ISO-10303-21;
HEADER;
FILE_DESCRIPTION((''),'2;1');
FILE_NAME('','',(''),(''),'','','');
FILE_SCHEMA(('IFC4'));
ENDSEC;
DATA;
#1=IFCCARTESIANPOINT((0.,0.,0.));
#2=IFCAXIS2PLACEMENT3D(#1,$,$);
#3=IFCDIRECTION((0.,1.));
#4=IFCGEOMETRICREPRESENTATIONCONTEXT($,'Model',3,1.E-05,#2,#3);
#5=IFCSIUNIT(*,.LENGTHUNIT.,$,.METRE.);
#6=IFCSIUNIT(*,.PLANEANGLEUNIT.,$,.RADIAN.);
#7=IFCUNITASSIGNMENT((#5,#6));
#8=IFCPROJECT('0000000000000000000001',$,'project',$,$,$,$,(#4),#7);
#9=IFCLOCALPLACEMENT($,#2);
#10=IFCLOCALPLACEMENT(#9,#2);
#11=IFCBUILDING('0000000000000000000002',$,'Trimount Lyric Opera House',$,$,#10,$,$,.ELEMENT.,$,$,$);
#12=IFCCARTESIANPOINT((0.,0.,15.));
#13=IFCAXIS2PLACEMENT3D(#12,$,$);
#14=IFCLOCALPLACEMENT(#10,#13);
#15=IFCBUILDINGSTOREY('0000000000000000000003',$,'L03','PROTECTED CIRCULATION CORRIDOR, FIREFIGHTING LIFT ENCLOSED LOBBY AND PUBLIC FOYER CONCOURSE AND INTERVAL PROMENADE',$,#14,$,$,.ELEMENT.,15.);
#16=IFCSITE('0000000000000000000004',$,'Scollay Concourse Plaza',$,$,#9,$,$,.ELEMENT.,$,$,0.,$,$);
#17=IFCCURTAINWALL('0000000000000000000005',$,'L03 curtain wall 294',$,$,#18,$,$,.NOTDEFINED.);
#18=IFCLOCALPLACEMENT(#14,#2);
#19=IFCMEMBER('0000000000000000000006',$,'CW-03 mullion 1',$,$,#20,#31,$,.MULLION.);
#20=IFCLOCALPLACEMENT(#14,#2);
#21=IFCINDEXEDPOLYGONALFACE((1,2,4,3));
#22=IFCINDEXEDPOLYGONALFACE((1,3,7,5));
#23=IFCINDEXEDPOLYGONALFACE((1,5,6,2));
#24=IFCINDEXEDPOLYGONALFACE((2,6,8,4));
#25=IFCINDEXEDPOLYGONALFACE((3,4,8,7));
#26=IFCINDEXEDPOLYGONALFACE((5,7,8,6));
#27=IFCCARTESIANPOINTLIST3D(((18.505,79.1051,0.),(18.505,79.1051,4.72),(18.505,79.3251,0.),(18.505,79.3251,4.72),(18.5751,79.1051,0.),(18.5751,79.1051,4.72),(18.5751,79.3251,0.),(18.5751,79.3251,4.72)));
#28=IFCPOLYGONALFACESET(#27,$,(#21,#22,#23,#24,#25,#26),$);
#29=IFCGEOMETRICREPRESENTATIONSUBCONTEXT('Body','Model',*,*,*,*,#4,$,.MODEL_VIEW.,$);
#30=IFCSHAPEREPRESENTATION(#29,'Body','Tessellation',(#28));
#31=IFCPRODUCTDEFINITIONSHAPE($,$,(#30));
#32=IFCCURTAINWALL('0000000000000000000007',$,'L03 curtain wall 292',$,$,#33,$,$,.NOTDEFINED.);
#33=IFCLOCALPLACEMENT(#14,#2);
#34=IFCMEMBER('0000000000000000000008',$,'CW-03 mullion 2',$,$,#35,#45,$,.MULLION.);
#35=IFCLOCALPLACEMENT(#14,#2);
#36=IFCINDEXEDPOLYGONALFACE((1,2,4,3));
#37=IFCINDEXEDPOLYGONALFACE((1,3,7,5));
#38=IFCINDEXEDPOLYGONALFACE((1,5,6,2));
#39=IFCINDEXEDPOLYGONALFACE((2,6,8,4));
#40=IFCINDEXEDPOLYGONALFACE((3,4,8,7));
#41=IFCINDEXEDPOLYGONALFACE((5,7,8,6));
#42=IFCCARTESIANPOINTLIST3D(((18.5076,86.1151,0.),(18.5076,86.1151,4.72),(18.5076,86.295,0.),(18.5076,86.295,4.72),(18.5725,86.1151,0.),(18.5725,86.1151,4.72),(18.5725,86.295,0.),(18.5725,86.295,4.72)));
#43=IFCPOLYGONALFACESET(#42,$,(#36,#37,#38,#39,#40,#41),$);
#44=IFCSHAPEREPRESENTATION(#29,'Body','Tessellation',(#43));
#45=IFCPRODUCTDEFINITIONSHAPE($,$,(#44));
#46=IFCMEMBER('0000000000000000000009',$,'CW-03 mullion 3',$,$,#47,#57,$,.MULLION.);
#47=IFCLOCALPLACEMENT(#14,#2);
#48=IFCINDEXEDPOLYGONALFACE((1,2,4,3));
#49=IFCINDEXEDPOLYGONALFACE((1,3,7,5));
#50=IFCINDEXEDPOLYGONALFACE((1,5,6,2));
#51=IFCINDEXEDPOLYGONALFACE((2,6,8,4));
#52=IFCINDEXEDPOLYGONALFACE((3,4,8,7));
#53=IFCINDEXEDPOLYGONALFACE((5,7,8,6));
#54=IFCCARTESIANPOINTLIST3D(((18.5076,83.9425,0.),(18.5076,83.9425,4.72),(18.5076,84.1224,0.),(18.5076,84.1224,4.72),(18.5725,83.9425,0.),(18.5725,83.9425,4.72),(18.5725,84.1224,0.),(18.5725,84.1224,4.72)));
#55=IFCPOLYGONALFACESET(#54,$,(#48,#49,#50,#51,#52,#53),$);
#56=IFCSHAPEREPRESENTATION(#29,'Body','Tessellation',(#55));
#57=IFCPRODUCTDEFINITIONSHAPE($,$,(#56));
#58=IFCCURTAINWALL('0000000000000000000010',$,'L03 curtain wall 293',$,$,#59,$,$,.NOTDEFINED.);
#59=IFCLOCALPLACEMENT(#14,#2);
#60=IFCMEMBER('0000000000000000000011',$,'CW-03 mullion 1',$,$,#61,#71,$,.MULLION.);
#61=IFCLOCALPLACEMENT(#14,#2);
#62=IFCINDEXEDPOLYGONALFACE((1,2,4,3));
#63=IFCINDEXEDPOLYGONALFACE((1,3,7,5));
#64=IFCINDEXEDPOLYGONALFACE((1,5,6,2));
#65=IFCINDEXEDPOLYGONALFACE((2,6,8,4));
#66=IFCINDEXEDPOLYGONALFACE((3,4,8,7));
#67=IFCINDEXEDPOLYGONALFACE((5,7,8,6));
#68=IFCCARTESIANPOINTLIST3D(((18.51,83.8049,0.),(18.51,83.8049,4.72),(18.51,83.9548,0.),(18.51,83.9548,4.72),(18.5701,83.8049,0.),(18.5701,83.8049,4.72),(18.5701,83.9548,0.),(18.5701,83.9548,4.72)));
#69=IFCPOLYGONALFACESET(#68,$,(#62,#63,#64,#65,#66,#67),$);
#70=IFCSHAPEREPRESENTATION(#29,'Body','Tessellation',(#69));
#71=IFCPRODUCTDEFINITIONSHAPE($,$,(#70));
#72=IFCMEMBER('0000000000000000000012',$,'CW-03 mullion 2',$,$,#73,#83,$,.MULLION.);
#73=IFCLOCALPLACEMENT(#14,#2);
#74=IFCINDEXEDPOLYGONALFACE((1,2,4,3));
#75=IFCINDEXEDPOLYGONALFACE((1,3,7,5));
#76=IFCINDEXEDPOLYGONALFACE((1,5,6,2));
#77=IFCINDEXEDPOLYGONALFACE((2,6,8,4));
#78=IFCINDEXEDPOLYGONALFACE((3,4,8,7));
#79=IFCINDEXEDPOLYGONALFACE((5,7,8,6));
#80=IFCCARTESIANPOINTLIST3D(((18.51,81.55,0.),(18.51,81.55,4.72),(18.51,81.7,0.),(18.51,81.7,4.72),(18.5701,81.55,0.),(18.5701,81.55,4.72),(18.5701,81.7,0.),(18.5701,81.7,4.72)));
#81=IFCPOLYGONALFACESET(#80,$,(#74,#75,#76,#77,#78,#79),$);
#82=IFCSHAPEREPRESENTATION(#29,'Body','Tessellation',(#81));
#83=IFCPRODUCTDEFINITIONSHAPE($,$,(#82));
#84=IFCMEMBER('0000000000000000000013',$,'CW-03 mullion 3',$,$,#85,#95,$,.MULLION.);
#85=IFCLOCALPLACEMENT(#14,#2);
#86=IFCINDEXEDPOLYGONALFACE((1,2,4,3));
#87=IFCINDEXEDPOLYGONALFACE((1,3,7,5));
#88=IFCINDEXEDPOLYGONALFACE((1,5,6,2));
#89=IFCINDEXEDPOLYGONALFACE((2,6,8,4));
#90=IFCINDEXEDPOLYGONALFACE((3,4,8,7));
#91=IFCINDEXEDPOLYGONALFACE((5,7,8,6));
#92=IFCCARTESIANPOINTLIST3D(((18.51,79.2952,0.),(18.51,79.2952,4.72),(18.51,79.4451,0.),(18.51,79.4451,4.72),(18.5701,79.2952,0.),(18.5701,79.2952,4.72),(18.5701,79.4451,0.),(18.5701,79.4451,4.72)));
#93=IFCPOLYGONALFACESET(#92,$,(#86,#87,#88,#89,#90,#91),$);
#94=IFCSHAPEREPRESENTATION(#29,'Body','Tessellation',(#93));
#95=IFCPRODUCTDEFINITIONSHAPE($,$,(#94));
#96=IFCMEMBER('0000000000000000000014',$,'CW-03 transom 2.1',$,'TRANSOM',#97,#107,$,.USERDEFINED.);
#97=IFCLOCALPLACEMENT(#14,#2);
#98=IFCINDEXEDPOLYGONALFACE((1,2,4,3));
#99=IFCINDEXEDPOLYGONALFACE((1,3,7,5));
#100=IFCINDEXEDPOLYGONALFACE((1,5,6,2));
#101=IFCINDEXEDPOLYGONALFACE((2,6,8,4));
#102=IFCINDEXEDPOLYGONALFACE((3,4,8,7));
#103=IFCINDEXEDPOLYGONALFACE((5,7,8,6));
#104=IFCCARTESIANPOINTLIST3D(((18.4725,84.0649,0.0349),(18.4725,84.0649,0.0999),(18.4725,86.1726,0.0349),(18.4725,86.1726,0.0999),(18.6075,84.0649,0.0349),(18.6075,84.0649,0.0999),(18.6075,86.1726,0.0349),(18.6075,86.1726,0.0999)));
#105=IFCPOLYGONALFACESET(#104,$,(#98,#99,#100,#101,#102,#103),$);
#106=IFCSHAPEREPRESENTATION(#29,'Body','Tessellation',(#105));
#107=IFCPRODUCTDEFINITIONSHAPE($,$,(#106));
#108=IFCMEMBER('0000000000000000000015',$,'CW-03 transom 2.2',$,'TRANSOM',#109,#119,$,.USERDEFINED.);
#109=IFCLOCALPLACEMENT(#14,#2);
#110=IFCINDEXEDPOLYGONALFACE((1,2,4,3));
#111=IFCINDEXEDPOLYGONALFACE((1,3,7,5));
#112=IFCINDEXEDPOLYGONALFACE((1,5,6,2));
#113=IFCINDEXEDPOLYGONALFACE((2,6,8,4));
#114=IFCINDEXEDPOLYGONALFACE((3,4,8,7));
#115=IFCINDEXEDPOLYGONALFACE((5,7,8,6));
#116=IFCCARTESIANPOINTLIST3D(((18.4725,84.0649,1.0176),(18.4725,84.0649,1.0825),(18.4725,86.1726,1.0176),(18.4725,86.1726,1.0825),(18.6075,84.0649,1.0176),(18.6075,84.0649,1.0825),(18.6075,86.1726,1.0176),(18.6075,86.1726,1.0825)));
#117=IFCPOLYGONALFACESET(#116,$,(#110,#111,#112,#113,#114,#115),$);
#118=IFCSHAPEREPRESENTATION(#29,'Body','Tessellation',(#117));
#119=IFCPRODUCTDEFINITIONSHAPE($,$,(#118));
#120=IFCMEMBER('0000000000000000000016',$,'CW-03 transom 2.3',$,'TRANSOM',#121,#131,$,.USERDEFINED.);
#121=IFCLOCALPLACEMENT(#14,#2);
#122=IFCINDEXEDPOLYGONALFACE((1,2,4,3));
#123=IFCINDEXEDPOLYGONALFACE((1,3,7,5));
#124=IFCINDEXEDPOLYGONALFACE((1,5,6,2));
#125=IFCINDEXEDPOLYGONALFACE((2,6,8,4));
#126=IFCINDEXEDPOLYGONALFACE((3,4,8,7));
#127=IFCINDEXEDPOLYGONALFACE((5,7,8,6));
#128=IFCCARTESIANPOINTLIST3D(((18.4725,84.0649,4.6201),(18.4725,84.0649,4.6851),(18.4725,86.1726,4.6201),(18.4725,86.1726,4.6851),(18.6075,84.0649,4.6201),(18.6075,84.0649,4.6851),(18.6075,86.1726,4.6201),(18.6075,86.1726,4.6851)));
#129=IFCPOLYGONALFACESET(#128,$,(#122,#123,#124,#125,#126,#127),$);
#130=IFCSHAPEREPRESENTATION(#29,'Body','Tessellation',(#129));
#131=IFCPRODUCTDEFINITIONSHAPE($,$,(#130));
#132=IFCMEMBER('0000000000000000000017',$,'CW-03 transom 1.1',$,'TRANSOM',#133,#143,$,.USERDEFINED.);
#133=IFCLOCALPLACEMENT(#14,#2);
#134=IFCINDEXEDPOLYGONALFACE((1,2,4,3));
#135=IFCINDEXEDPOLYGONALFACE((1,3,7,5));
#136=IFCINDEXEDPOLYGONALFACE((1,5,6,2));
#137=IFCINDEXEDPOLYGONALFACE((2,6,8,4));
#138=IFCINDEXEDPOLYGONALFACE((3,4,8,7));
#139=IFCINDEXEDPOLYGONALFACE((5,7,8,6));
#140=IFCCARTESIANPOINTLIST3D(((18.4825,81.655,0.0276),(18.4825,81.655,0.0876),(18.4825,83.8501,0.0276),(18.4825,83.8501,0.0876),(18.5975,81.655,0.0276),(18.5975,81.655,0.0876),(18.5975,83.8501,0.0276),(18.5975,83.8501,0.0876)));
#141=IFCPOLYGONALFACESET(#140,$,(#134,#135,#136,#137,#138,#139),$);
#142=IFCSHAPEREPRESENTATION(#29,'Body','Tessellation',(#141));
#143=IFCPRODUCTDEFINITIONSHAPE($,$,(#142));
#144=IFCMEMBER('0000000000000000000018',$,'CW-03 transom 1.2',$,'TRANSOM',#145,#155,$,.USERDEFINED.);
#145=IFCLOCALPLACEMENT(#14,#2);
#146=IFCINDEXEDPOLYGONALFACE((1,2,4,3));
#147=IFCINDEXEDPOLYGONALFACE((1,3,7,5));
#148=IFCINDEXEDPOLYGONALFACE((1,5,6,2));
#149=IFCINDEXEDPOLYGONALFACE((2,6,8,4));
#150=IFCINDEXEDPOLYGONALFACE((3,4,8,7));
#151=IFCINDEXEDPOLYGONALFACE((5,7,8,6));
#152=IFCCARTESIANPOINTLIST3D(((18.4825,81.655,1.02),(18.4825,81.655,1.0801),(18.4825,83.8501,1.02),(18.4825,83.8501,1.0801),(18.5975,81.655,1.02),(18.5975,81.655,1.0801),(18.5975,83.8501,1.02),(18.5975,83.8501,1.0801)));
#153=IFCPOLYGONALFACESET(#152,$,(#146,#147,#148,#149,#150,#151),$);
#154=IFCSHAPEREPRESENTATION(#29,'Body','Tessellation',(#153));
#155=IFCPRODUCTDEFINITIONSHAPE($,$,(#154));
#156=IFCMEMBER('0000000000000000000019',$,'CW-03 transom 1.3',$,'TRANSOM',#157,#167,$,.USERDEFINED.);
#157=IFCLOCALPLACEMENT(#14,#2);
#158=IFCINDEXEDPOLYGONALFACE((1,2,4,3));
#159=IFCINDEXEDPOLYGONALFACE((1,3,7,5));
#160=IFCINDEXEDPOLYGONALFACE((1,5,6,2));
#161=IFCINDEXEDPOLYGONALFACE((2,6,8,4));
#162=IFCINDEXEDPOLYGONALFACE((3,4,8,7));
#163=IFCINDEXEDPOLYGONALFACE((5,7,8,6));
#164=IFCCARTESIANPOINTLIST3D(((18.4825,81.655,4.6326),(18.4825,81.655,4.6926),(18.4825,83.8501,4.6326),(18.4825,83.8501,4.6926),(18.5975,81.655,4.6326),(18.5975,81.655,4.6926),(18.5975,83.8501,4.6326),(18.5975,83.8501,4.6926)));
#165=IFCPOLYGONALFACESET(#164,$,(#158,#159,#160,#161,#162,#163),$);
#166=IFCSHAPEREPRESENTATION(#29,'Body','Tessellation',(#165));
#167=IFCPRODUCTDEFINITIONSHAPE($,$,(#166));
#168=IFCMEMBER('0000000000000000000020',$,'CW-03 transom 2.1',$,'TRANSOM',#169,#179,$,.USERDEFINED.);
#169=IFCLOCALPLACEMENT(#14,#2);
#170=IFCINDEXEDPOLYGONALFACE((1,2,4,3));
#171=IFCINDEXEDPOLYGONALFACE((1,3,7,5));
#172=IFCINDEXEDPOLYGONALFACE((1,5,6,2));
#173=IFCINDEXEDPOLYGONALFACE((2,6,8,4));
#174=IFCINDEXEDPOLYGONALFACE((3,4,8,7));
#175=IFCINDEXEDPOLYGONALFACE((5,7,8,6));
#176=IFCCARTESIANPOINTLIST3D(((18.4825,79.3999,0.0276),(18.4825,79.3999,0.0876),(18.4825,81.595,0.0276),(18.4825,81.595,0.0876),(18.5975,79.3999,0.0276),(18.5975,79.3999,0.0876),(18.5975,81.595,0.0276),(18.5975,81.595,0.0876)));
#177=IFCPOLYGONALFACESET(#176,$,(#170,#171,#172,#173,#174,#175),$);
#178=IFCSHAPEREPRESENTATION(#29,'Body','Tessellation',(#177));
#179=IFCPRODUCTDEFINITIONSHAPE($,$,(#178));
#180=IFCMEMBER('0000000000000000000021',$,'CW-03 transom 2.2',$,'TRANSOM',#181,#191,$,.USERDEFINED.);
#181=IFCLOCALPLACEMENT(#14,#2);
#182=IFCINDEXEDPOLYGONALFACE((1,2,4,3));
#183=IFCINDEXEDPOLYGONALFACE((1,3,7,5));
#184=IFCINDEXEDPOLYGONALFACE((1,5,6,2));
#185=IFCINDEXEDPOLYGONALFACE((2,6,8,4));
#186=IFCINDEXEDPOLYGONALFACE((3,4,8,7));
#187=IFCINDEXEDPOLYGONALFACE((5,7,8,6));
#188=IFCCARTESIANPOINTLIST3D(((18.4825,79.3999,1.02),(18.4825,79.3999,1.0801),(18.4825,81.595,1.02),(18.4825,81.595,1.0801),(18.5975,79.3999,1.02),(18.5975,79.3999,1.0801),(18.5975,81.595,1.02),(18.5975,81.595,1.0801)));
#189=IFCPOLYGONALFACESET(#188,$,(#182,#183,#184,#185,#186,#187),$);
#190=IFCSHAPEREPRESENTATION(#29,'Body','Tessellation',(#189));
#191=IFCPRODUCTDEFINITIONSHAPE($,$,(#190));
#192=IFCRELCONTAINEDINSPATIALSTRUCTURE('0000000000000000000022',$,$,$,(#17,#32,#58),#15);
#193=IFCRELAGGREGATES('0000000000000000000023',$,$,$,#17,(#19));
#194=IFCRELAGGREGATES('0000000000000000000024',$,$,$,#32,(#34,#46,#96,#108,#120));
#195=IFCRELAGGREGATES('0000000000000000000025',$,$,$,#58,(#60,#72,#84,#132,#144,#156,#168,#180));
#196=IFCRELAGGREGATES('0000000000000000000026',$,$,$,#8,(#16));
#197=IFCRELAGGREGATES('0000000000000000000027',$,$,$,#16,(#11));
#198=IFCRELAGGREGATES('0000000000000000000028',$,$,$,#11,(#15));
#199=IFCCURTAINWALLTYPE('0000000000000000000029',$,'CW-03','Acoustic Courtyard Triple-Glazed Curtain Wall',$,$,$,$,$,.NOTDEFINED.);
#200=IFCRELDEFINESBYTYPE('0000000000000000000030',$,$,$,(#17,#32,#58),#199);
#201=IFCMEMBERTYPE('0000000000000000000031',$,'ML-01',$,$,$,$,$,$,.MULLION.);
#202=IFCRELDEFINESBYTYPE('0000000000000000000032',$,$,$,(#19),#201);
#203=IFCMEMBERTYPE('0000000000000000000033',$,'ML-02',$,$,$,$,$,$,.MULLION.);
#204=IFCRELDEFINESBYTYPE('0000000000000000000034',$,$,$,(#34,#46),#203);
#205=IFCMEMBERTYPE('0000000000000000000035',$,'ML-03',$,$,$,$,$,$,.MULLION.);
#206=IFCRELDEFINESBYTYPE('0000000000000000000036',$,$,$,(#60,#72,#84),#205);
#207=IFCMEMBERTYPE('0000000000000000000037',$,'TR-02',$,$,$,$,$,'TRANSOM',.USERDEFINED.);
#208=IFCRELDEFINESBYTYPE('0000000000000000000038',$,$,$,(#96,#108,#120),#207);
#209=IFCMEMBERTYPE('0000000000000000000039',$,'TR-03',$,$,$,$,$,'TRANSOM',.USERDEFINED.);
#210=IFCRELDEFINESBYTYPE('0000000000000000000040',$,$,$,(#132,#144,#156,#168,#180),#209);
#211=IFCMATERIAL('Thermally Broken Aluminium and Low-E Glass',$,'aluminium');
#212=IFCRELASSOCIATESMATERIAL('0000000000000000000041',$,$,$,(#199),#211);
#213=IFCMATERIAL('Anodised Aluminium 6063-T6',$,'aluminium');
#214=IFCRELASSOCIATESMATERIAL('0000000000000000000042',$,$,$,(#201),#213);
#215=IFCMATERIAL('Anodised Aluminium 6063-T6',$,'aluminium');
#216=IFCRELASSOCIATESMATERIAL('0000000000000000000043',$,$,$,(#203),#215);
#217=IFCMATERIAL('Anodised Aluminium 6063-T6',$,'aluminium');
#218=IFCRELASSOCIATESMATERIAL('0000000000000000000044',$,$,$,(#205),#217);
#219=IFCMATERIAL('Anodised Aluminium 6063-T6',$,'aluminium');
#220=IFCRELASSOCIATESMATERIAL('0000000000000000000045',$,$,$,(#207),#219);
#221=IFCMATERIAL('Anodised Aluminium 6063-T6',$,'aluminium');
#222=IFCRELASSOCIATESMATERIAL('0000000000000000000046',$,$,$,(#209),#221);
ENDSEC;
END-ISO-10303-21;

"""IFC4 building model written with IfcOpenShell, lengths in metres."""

from ifc_helpers import new_model, si_unit, direction, frame, origin, origin_2d, place, context, subcontext, project, spatial, rectangle, extrude, material, material_profile, profile_set, type_object, element, aggregate, save


model = new_model("IFC4")

# Units and contexts
model_context = context("Model", 3, precision=1e-05, world=origin(), true_north=direction((0.0, 1.0)))
body_context = subcontext(model_context, "Body", "Model", "MODEL_VIEW")
ifc_project = project(units=[si_unit("LENGTHUNIT", "METRE"), si_unit("PLANEANGLEUNIT", "RADIAN")], contexts=[model_context])

# Site, building, storey
site_placement = place(None, origin())
site = spatial("IfcSite", under=ifc_project, at=site_placement, Name="Scollay Concourse Plaza", CompositionType="ELEMENT", RefElevation=0.0)
building_placement = place(site_placement, origin())
building = spatial("IfcBuilding", under=site, at=building_placement, Name="Trimount Lyric Opera House", CompositionType="ELEMENT")
storey_placement = place(building_placement, frame((0.0, 0.0, 15.0)))
storey = spatial("IfcBuildingStorey", under=building, at=storey_placement, Name="L03", Description="PROTECTED CIRCULATION CORRIDOR, FIREFIGHTING LIFT ENCLOSED LOBBY AND PUBLIC FOYER CONCOURSE AND INTERVAL PROMENADE", CompositionType="ELEMENT", Elevation=15.0)

# Curtain wall, member
ifc_material_1 = material(Name="Thermally Broken Aluminium and Low-E Glass", Category="aluminium")
curtain_wall_type = type_object("IfcCurtainWallType", Name="CW-03", Description="Acoustic Courtyard Triple-Glazed Curtain Wall", PredefinedType="NOTDEFINED", material=ifc_material_1)
curtain_wall_1_placement = place(storey_placement, origin())
curtain_wall_1 = element("IfcCurtainWall", 1, at=curtain_wall_1_placement, inside=storey, type_object=curtain_wall_type, Name="L03 curtain wall 294", PredefinedType="NOTDEFINED")
ifc_material_2 = material(Name="Anodised Aluminium 6063-T6", Category="aluminium")
ifc_material_profile_1 = material_profile(ifc_material_2, rectangle(XDim=0.0701, YDim=0.22, at=origin_2d()), Name="ALU-MULL-70X220")
ifc_profile_set_1 = profile_set([ifc_material_profile_1], Name="Anodised Aluminium 6063-T6")
member_type_1 = type_object("IfcMemberType", Name="ML-01", PredefinedType="MULLION", material=ifc_profile_set_1)
member_1_placement = place(storey_placement, frame((18.54, 79.2151, 0.0), z_axis=(0.0, 0.0, 1.0), x_axis=(1.0, 0.0, 0.0)))
member_1 = element("IfcMember", 2, at=member_1_placement, type_object=member_type_1, Name="CW-03 mullion 1", PredefinedType="MULLION", context=body_context, shape_type="SweptSolid", body=[
    extrude(rectangle(XDim=0.0701, YDim=0.22, at=origin_2d()), origin(), (0.0, 0.0, 1.0), 4.72),
])
aggregate(curtain_wall_1, [member_1])

# Curtain walls, members
curtain_wall_2_placement = place(storey_placement, origin())
curtain_wall_2 = element("IfcCurtainWall", 3, at=curtain_wall_2_placement, inside=storey, type_object=curtain_wall_type, Name="L03 curtain wall 292", PredefinedType="NOTDEFINED")
ifc_material_3 = material(Name="Anodised Aluminium 6063-T6", Category="aluminium")
ifc_material_profile_2 = material_profile(ifc_material_3, rectangle(XDim=0.0649, YDim=0.1799, at=origin_2d()), Name="ALU-MULL-65X180")
ifc_profile_set_2 = profile_set([ifc_material_profile_2], Name="Anodised Aluminium 6063-T6")
member_type_2 = type_object("IfcMemberType", Name="ML-02", PredefinedType="MULLION", material=ifc_profile_set_2)
member_2_placement = place(storey_placement, frame((18.54, 86.2051, 0.0), z_axis=(0.0, 0.0, 1.0), x_axis=(1.0, 0.0, 0.0)))
member_2 = element("IfcMember", 4, at=member_2_placement, type_object=member_type_2, Name="CW-03 mullion 2", PredefinedType="MULLION", context=body_context, shape_type="SweptSolid", body=[
    extrude(rectangle(XDim=0.0649, YDim=0.1799, at=origin_2d()), origin(), (0.0, 0.0, 1.0), 4.72),
])
member_3_placement = place(storey_placement, frame((18.54, 84.0325, 0.0), z_axis=(0.0, 0.0, 1.0), x_axis=(1.0, 0.0, 0.0)))
member_3 = element("IfcMember", 5, at=member_3_placement, type_object=member_type_2, Name="CW-03 mullion 3", PredefinedType="MULLION", context=body_context, shape_type="SweptSolid", body=[
    extrude(rectangle(XDim=0.0649, YDim=0.1799, at=origin_2d()), origin(), (0.0, 0.0, 1.0), 4.72),
])
curtain_wall_3_placement = place(storey_placement, origin())
curtain_wall_3 = element("IfcCurtainWall", 6, at=curtain_wall_3_placement, inside=storey, type_object=curtain_wall_type, Name="L03 curtain wall 293", PredefinedType="NOTDEFINED")
ifc_material_4 = material(Name="Anodised Aluminium 6063-T6", Category="aluminium")
ifc_material_profile_3 = material_profile(ifc_material_4, rectangle(XDim=0.0601, YDim=0.1499, at=origin_2d()), Name="ALU-MULL-60X150")
ifc_profile_set_3 = profile_set([ifc_material_profile_3], Name="Anodised Aluminium 6063-T6")
member_type_3 = type_object("IfcMemberType", Name="ML-03", PredefinedType="MULLION", material=ifc_profile_set_3)
member_4_placement = place(storey_placement, frame((18.54, 83.8799, 0.0), z_axis=(0.0, 0.0, 1.0), x_axis=(1.0, 0.0, 0.0)))
member_4 = element("IfcMember", 7, at=member_4_placement, type_object=member_type_3, Name="CW-03 mullion 1", PredefinedType="MULLION", context=body_context, shape_type="SweptSolid", body=[
    extrude(rectangle(XDim=0.0601, YDim=0.1499, at=origin_2d()), origin(), (0.0, 0.0, 1.0), 4.72),
])
member_5_placement = place(storey_placement, frame((18.54, 81.625, 0.0), z_axis=(0.0, 0.0, 1.0), x_axis=(1.0, 0.0, 0.0)))
member_5 = element("IfcMember", 8, at=member_5_placement, type_object=member_type_3, Name="CW-03 mullion 2", PredefinedType="MULLION", context=body_context, shape_type="SweptSolid", body=[
    extrude(rectangle(XDim=0.0601, YDim=0.1499, at=origin_2d()), origin(), (0.0, 0.0, 1.0), 4.72),
])
member_6_placement = place(storey_placement, frame((18.54, 79.3701, 0.0), z_axis=(0.0, 0.0, 1.0), x_axis=(1.0, 0.0, 0.0)))
member_6 = element("IfcMember", 9, at=member_6_placement, type_object=member_type_3, Name="CW-03 mullion 3", PredefinedType="MULLION", context=body_context, shape_type="SweptSolid", body=[
    extrude(rectangle(XDim=0.0601, YDim=0.1499, at=origin_2d()), origin(), (0.0, 0.0, 1.0), 4.72),
])

# Members
ifc_material_5 = material(Name="Anodised Aluminium 6063-T6", Category="aluminium")
ifc_material_profile_4 = material_profile(ifc_material_5, rectangle(XDim=0.135, YDim=0.0649, at=origin_2d()), Name="ALU-TRAN-65X135")
ifc_profile_set_4 = profile_set([ifc_material_profile_4], Name="Anodised Aluminium 6063-T6")
member_type_4 = type_object("IfcMemberType", Name="TR-02", ElementType="TRANSOM", PredefinedType="USERDEFINED", material=ifc_profile_set_4)
member_7_placement = place(storey_placement, frame((18.54, 86.1726, 0.0674), z_axis=(0.0, -1.0, 0.0), x_axis=(1.0, 0.0, 0.0)))
member_7 = element("IfcMember", 10, at=member_7_placement, type_object=member_type_4, Name="CW-03 transom 2.1", ObjectType="TRANSOM", PredefinedType="USERDEFINED", context=body_context, shape_type="SweptSolid", body=[
    extrude(rectangle(XDim=0.135, YDim=0.0649, at=origin_2d()), origin(), (0.0, 0.0, 1.0), 2.1077),
])
member_8_placement = place(storey_placement, frame((18.54, 86.1726, 1.05), z_axis=(0.0, -1.0, 0.0), x_axis=(1.0, 0.0, 0.0)))
member_8 = element("IfcMember", 11, at=member_8_placement, type_object=member_type_4, Name="CW-03 transom 2.2", ObjectType="TRANSOM", PredefinedType="USERDEFINED", context=body_context, shape_type="SweptSolid", body=[
    extrude(rectangle(XDim=0.135, YDim=0.0649, at=origin_2d()), origin(), (0.0, 0.0, 1.0), 2.1077),
])
member_9_placement = place(storey_placement, frame((18.54, 86.1726, 4.6526), z_axis=(0.0, -1.0, 0.0), x_axis=(1.0, 0.0, 0.0)))
member_9 = element("IfcMember", 12, at=member_9_placement, type_object=member_type_4, Name="CW-03 transom 2.3", ObjectType="TRANSOM", PredefinedType="USERDEFINED", context=body_context, shape_type="SweptSolid", body=[
    extrude(rectangle(XDim=0.135, YDim=0.0649, at=origin_2d()), origin(), (0.0, 0.0, 1.0), 2.1077),
])
ifc_material_6 = material(Name="Anodised Aluminium 6063-T6", Category="aluminium")
ifc_material_profile_5 = material_profile(ifc_material_6, rectangle(XDim=0.115, YDim=0.0601, at=origin_2d()), Name="ALU-TRAN-60X115")
ifc_profile_set_5 = profile_set([ifc_material_profile_5], Name="Anodised Aluminium 6063-T6")
member_type_5 = type_object("IfcMemberType", Name="TR-03", ElementType="TRANSOM", PredefinedType="USERDEFINED", material=ifc_profile_set_5)
member_10_placement = place(storey_placement, frame((18.54, 83.8501, 0.0576), z_axis=(0.0, -1.0, 0.0), x_axis=(1.0, 0.0, 0.0)))
member_10 = element("IfcMember", 13, at=member_10_placement, type_object=member_type_5, Name="CW-03 transom 1.1", ObjectType="TRANSOM", PredefinedType="USERDEFINED", context=body_context, shape_type="SweptSolid", body=[
    extrude(rectangle(XDim=0.115, YDim=0.0601, at=origin_2d()), origin(), (0.0, 0.0, 1.0), 2.1951),
])
member_11_placement = place(storey_placement, frame((18.54, 83.8501, 1.05), z_axis=(0.0, -1.0, 0.0), x_axis=(1.0, 0.0, 0.0)))
member_11 = element("IfcMember", 14, at=member_11_placement, type_object=member_type_5, Name="CW-03 transom 1.2", ObjectType="TRANSOM", PredefinedType="USERDEFINED", context=body_context, shape_type="SweptSolid", body=[
    extrude(rectangle(XDim=0.115, YDim=0.0601, at=origin_2d()), origin(), (0.0, 0.0, 1.0), 2.1951),
])
member_12_placement = place(storey_placement, frame((18.54, 83.8501, 4.6626), z_axis=(0.0, -1.0, 0.0), x_axis=(1.0, 0.0, 0.0)))
member_12 = element("IfcMember", 15, at=member_12_placement, type_object=member_type_5, Name="CW-03 transom 1.3", ObjectType="TRANSOM", PredefinedType="USERDEFINED", context=body_context, shape_type="SweptSolid", body=[
    extrude(rectangle(XDim=0.115, YDim=0.0601, at=origin_2d()), origin(), (0.0, 0.0, 1.0), 2.1951),
])
member_13_placement = place(storey_placement, frame((18.54, 81.595, 0.0576), z_axis=(0.0, -1.0, 0.0), x_axis=(1.0, 0.0, 0.0)))
member_13 = element("IfcMember", 16, at=member_13_placement, type_object=member_type_5, Name="CW-03 transom 2.1", ObjectType="TRANSOM", PredefinedType="USERDEFINED", context=body_context, shape_type="SweptSolid", body=[
    extrude(rectangle(XDim=0.115, YDim=0.0601, at=origin_2d()), origin(), (0.0, 0.0, 1.0), 2.1951),
])
member_14_placement = place(storey_placement, frame((18.54, 81.595, 1.05), z_axis=(0.0, -1.0, 0.0), x_axis=(1.0, 0.0, 0.0)))
member_14 = element("IfcMember", 17, at=member_14_placement, type_object=member_type_5, Name="CW-03 transom 2.2", ObjectType="TRANSOM", PredefinedType="USERDEFINED", context=body_context, shape_type="SweptSolid", body=[
    extrude(rectangle(XDim=0.115, YDim=0.0601, at=origin_2d()), origin(), (0.0, 0.0, 1.0), 2.1951),
])

aggregate(curtain_wall_2, [member_2, member_3, member_7, member_8, member_9])
aggregate(curtain_wall_3, [member_4, member_5, member_6, member_10, member_11, member_12, member_13, member_14])

save(model, "model.ifc")
